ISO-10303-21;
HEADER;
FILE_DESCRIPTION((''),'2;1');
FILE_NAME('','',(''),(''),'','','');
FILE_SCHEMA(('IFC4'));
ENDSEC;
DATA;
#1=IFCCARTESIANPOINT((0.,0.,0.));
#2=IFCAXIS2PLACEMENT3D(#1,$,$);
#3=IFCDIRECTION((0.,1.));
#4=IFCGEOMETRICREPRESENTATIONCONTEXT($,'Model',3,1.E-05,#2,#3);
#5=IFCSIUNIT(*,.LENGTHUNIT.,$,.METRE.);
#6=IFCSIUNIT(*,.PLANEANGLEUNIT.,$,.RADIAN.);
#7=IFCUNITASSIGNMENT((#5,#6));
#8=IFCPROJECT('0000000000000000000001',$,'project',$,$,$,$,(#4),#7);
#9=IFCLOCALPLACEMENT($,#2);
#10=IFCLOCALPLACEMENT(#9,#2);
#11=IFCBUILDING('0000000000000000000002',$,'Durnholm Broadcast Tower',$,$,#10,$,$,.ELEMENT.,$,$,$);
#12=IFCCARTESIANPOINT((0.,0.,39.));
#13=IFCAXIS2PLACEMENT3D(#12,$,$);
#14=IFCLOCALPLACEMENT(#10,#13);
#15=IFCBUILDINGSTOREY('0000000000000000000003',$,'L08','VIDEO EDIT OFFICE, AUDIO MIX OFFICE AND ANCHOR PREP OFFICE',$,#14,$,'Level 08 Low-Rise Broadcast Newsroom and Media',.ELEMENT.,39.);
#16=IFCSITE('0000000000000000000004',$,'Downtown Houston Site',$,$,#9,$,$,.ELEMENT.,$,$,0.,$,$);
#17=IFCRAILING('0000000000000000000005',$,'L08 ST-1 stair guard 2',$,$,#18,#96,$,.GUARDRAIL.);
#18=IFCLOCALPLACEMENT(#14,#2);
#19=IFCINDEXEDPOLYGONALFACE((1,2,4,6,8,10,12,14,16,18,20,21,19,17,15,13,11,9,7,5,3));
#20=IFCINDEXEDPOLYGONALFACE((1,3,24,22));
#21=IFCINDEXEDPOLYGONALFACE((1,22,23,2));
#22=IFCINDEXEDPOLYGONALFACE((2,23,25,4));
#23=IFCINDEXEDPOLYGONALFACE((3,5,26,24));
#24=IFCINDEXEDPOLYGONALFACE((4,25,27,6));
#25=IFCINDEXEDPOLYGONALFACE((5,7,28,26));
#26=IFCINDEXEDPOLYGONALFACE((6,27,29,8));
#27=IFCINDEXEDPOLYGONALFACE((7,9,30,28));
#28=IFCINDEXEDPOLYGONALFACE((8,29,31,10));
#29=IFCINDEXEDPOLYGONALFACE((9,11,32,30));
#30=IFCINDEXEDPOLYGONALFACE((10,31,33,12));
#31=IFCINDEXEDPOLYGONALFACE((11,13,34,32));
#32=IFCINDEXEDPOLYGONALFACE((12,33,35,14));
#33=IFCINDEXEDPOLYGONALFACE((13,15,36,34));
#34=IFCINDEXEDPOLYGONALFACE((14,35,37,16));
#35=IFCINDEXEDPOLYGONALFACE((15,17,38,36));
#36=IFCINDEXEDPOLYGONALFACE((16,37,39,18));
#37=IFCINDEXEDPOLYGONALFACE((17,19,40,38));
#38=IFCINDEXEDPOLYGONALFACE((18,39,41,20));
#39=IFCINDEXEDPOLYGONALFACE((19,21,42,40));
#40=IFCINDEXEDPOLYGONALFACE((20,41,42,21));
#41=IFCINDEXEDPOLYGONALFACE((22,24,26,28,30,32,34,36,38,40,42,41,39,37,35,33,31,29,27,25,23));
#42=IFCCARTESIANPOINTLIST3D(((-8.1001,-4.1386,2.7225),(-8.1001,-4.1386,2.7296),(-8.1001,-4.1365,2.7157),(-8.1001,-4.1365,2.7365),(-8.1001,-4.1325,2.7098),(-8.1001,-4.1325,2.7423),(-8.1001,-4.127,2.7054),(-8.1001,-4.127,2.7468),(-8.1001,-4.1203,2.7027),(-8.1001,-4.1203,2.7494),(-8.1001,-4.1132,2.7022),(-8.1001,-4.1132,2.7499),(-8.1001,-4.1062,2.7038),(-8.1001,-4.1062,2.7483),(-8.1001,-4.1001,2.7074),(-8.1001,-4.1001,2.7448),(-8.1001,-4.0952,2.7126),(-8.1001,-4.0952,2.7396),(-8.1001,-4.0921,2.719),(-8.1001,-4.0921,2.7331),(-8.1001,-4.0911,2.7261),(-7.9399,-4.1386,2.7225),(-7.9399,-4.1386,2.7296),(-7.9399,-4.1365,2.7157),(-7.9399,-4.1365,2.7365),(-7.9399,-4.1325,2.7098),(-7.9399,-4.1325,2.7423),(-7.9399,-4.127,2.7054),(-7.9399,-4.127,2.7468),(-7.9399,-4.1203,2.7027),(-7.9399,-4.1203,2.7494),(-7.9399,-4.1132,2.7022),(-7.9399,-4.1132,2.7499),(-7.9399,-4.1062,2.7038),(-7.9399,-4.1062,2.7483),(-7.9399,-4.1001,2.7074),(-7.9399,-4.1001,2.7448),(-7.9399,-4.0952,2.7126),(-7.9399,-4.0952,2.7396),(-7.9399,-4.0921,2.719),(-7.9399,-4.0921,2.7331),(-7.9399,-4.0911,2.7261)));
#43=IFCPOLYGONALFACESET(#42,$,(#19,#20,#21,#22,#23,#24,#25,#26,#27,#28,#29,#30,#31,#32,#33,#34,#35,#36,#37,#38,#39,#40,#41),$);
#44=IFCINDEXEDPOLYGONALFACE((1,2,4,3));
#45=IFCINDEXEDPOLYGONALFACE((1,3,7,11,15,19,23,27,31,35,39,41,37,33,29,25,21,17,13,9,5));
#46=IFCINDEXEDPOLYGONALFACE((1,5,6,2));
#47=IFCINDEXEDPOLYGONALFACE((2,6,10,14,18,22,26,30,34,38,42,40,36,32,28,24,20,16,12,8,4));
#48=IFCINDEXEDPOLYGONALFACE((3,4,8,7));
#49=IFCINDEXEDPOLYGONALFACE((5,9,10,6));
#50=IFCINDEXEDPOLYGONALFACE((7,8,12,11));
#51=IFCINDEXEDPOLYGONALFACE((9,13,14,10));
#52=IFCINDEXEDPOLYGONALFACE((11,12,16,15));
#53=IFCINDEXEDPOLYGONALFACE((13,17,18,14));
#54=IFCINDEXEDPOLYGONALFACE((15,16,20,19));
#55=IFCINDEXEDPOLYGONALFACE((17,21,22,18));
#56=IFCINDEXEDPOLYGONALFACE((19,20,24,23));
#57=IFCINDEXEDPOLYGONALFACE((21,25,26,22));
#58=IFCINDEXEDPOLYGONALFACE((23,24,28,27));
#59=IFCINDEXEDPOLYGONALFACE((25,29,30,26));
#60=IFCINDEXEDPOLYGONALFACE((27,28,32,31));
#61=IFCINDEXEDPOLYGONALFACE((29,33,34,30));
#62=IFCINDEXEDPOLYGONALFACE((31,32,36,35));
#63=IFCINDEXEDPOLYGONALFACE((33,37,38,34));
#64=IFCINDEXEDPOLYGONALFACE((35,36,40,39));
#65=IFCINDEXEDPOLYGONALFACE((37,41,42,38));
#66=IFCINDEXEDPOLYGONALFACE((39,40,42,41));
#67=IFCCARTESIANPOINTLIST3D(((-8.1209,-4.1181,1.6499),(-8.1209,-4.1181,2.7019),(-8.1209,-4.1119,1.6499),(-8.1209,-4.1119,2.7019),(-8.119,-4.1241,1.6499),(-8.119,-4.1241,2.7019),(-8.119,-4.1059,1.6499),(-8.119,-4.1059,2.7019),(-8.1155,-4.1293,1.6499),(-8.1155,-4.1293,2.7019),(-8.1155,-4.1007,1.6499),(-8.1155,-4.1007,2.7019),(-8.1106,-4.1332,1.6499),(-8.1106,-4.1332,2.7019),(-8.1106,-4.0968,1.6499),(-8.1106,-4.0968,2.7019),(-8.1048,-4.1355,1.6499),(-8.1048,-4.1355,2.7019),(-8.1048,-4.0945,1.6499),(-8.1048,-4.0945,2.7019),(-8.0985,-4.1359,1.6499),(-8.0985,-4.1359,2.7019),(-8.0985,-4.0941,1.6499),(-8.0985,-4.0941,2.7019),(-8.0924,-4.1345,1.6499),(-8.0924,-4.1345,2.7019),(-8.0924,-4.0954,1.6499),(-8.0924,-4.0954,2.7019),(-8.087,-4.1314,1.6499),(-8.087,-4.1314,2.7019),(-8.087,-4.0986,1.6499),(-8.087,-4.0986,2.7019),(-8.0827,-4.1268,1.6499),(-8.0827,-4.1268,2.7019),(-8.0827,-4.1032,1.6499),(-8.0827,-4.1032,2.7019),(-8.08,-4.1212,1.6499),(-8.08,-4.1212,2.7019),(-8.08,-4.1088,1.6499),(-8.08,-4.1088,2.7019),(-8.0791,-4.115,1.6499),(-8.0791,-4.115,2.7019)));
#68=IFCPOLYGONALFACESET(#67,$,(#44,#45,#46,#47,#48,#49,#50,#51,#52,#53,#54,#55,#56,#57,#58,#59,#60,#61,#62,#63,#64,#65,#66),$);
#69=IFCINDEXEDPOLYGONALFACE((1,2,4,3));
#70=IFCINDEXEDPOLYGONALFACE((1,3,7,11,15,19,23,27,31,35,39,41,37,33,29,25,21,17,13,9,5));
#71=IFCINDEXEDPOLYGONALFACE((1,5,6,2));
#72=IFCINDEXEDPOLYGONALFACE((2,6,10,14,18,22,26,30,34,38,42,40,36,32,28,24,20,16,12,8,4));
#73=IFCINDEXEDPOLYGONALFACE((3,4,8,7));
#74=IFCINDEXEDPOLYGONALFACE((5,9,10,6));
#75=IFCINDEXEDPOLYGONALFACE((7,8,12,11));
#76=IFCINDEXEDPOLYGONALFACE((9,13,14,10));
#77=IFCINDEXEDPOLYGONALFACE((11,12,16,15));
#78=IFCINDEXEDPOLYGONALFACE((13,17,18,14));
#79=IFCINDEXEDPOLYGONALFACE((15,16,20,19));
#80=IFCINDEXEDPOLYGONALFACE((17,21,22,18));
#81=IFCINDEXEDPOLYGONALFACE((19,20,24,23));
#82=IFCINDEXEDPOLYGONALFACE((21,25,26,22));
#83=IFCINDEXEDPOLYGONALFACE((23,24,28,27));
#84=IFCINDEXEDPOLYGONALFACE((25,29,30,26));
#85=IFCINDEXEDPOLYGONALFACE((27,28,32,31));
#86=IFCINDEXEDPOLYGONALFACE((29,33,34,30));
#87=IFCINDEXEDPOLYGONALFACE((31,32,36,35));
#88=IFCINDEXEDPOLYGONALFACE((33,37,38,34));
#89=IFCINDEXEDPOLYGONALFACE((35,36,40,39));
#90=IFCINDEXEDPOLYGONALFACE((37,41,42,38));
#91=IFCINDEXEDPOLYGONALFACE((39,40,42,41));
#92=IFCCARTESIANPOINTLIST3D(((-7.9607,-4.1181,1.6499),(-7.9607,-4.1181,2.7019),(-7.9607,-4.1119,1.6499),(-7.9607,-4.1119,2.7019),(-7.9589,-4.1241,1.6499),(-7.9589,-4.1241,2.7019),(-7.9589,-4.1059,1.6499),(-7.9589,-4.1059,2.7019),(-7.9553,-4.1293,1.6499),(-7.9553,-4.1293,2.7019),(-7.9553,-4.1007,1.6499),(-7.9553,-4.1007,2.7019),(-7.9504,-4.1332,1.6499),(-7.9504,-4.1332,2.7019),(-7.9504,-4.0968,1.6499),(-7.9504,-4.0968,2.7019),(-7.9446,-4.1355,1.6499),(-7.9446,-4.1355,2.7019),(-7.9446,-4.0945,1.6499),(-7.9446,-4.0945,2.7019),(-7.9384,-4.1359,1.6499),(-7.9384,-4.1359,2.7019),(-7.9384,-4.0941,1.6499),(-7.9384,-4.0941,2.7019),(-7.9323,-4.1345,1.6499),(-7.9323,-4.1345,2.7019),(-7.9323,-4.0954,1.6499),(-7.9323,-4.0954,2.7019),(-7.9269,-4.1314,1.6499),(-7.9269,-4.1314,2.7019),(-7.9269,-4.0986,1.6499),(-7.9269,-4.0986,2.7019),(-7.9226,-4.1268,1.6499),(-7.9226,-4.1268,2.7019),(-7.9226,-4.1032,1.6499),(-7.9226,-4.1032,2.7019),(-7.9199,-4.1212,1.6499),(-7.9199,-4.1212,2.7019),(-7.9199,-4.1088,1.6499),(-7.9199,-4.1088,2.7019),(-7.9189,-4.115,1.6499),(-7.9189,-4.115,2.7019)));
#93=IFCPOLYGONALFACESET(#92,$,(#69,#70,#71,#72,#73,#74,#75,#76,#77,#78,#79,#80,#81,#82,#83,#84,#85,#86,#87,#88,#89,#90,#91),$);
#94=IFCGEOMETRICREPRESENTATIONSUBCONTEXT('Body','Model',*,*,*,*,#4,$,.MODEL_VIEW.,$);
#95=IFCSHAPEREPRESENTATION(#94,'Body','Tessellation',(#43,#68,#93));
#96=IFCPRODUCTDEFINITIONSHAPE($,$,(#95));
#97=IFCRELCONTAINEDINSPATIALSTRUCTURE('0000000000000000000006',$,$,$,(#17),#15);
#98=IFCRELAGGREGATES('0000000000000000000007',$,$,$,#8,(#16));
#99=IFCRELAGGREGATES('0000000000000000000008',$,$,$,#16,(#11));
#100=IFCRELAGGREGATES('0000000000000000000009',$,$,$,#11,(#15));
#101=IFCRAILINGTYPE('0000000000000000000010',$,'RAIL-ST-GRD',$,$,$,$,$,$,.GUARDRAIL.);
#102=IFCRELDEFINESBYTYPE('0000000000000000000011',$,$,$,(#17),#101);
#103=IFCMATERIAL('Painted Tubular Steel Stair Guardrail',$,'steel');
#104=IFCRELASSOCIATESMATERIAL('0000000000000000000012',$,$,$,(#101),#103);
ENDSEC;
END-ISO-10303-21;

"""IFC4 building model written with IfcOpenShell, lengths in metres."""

from ifc_helpers import new_model, si_unit, direction, frame, origin, origin_2d, place, context, subcontext, project, spatial, circle, extrude, material, type_object, element, save


model = new_model("IFC4")

# Units and contexts
model_context = context("Model", 3, precision=1e-05, world=origin(), true_north=direction((0.0, 1.0)))
body_context = subcontext(model_context, "Body", "Model", "MODEL_VIEW")
ifc_project = project(units=[si_unit("LENGTHUNIT", "METRE"), si_unit("PLANEANGLEUNIT", "RADIAN")], contexts=[model_context])

# Site, building, storey
site_placement = place(None, origin())
site = spatial("IfcSite", under=ifc_project, at=site_placement, Name="Downtown Houston Site", CompositionType="ELEMENT", RefElevation=0.0)
building_placement = place(site_placement, origin())
building = spatial("IfcBuilding", under=site, at=building_placement, Name="Durnholm Broadcast Tower", CompositionType="ELEMENT")
storey_placement = place(building_placement, frame((0.0, 0.0, 39.0)))
storey = spatial("IfcBuildingStorey", under=building, at=storey_placement, Name="L08", Description="VIDEO EDIT OFFICE, AUDIO MIX OFFICE AND ANCHOR PREP OFFICE", LongName="Level 08 Low-Rise Broadcast Newsroom and Media", CompositionType="ELEMENT", Elevation=39.0)

# Railing
ifc_material_1 = material(Name="Painted Tubular Steel Stair Guardrail", Category="steel")
railing_type_1 = type_object("IfcRailingType", Name="RAIL-ST-GRD", PredefinedType="GUARDRAIL", material=ifc_material_1)
railing_1_placement = place(storey_placement, frame((-8.1001, -4.115, 1.6499)))
element("IfcRailing", 1, at=railing_1_placement, inside=storey, type_object=railing_type_1, Name="L08 ST-1 stair guard 2", PredefinedType="GUARDRAIL", context=body_context, shape_type="SweptSolid", body=[
    extrude(circle(Radius=0.0239, at=origin_2d()), frame((0.0, 0.0, 1.0762), z_axis=(1.0, 0.0, 0.0), x_axis=(0.0, 1.0, 0.0)), (0.0, 0.0, 1.0), 0.1602),
    extrude(circle(Radius=0.021, at=origin_2d()), origin(), (0.0, 0.0, 1.0), 1.052),
    extrude(circle(Radius=0.021, at=origin_2d()), frame((0.1602, 0.0, 0.0)), (0.0, 0.0, 1.0), 1.052),
])

save(model, "model.ifc")
